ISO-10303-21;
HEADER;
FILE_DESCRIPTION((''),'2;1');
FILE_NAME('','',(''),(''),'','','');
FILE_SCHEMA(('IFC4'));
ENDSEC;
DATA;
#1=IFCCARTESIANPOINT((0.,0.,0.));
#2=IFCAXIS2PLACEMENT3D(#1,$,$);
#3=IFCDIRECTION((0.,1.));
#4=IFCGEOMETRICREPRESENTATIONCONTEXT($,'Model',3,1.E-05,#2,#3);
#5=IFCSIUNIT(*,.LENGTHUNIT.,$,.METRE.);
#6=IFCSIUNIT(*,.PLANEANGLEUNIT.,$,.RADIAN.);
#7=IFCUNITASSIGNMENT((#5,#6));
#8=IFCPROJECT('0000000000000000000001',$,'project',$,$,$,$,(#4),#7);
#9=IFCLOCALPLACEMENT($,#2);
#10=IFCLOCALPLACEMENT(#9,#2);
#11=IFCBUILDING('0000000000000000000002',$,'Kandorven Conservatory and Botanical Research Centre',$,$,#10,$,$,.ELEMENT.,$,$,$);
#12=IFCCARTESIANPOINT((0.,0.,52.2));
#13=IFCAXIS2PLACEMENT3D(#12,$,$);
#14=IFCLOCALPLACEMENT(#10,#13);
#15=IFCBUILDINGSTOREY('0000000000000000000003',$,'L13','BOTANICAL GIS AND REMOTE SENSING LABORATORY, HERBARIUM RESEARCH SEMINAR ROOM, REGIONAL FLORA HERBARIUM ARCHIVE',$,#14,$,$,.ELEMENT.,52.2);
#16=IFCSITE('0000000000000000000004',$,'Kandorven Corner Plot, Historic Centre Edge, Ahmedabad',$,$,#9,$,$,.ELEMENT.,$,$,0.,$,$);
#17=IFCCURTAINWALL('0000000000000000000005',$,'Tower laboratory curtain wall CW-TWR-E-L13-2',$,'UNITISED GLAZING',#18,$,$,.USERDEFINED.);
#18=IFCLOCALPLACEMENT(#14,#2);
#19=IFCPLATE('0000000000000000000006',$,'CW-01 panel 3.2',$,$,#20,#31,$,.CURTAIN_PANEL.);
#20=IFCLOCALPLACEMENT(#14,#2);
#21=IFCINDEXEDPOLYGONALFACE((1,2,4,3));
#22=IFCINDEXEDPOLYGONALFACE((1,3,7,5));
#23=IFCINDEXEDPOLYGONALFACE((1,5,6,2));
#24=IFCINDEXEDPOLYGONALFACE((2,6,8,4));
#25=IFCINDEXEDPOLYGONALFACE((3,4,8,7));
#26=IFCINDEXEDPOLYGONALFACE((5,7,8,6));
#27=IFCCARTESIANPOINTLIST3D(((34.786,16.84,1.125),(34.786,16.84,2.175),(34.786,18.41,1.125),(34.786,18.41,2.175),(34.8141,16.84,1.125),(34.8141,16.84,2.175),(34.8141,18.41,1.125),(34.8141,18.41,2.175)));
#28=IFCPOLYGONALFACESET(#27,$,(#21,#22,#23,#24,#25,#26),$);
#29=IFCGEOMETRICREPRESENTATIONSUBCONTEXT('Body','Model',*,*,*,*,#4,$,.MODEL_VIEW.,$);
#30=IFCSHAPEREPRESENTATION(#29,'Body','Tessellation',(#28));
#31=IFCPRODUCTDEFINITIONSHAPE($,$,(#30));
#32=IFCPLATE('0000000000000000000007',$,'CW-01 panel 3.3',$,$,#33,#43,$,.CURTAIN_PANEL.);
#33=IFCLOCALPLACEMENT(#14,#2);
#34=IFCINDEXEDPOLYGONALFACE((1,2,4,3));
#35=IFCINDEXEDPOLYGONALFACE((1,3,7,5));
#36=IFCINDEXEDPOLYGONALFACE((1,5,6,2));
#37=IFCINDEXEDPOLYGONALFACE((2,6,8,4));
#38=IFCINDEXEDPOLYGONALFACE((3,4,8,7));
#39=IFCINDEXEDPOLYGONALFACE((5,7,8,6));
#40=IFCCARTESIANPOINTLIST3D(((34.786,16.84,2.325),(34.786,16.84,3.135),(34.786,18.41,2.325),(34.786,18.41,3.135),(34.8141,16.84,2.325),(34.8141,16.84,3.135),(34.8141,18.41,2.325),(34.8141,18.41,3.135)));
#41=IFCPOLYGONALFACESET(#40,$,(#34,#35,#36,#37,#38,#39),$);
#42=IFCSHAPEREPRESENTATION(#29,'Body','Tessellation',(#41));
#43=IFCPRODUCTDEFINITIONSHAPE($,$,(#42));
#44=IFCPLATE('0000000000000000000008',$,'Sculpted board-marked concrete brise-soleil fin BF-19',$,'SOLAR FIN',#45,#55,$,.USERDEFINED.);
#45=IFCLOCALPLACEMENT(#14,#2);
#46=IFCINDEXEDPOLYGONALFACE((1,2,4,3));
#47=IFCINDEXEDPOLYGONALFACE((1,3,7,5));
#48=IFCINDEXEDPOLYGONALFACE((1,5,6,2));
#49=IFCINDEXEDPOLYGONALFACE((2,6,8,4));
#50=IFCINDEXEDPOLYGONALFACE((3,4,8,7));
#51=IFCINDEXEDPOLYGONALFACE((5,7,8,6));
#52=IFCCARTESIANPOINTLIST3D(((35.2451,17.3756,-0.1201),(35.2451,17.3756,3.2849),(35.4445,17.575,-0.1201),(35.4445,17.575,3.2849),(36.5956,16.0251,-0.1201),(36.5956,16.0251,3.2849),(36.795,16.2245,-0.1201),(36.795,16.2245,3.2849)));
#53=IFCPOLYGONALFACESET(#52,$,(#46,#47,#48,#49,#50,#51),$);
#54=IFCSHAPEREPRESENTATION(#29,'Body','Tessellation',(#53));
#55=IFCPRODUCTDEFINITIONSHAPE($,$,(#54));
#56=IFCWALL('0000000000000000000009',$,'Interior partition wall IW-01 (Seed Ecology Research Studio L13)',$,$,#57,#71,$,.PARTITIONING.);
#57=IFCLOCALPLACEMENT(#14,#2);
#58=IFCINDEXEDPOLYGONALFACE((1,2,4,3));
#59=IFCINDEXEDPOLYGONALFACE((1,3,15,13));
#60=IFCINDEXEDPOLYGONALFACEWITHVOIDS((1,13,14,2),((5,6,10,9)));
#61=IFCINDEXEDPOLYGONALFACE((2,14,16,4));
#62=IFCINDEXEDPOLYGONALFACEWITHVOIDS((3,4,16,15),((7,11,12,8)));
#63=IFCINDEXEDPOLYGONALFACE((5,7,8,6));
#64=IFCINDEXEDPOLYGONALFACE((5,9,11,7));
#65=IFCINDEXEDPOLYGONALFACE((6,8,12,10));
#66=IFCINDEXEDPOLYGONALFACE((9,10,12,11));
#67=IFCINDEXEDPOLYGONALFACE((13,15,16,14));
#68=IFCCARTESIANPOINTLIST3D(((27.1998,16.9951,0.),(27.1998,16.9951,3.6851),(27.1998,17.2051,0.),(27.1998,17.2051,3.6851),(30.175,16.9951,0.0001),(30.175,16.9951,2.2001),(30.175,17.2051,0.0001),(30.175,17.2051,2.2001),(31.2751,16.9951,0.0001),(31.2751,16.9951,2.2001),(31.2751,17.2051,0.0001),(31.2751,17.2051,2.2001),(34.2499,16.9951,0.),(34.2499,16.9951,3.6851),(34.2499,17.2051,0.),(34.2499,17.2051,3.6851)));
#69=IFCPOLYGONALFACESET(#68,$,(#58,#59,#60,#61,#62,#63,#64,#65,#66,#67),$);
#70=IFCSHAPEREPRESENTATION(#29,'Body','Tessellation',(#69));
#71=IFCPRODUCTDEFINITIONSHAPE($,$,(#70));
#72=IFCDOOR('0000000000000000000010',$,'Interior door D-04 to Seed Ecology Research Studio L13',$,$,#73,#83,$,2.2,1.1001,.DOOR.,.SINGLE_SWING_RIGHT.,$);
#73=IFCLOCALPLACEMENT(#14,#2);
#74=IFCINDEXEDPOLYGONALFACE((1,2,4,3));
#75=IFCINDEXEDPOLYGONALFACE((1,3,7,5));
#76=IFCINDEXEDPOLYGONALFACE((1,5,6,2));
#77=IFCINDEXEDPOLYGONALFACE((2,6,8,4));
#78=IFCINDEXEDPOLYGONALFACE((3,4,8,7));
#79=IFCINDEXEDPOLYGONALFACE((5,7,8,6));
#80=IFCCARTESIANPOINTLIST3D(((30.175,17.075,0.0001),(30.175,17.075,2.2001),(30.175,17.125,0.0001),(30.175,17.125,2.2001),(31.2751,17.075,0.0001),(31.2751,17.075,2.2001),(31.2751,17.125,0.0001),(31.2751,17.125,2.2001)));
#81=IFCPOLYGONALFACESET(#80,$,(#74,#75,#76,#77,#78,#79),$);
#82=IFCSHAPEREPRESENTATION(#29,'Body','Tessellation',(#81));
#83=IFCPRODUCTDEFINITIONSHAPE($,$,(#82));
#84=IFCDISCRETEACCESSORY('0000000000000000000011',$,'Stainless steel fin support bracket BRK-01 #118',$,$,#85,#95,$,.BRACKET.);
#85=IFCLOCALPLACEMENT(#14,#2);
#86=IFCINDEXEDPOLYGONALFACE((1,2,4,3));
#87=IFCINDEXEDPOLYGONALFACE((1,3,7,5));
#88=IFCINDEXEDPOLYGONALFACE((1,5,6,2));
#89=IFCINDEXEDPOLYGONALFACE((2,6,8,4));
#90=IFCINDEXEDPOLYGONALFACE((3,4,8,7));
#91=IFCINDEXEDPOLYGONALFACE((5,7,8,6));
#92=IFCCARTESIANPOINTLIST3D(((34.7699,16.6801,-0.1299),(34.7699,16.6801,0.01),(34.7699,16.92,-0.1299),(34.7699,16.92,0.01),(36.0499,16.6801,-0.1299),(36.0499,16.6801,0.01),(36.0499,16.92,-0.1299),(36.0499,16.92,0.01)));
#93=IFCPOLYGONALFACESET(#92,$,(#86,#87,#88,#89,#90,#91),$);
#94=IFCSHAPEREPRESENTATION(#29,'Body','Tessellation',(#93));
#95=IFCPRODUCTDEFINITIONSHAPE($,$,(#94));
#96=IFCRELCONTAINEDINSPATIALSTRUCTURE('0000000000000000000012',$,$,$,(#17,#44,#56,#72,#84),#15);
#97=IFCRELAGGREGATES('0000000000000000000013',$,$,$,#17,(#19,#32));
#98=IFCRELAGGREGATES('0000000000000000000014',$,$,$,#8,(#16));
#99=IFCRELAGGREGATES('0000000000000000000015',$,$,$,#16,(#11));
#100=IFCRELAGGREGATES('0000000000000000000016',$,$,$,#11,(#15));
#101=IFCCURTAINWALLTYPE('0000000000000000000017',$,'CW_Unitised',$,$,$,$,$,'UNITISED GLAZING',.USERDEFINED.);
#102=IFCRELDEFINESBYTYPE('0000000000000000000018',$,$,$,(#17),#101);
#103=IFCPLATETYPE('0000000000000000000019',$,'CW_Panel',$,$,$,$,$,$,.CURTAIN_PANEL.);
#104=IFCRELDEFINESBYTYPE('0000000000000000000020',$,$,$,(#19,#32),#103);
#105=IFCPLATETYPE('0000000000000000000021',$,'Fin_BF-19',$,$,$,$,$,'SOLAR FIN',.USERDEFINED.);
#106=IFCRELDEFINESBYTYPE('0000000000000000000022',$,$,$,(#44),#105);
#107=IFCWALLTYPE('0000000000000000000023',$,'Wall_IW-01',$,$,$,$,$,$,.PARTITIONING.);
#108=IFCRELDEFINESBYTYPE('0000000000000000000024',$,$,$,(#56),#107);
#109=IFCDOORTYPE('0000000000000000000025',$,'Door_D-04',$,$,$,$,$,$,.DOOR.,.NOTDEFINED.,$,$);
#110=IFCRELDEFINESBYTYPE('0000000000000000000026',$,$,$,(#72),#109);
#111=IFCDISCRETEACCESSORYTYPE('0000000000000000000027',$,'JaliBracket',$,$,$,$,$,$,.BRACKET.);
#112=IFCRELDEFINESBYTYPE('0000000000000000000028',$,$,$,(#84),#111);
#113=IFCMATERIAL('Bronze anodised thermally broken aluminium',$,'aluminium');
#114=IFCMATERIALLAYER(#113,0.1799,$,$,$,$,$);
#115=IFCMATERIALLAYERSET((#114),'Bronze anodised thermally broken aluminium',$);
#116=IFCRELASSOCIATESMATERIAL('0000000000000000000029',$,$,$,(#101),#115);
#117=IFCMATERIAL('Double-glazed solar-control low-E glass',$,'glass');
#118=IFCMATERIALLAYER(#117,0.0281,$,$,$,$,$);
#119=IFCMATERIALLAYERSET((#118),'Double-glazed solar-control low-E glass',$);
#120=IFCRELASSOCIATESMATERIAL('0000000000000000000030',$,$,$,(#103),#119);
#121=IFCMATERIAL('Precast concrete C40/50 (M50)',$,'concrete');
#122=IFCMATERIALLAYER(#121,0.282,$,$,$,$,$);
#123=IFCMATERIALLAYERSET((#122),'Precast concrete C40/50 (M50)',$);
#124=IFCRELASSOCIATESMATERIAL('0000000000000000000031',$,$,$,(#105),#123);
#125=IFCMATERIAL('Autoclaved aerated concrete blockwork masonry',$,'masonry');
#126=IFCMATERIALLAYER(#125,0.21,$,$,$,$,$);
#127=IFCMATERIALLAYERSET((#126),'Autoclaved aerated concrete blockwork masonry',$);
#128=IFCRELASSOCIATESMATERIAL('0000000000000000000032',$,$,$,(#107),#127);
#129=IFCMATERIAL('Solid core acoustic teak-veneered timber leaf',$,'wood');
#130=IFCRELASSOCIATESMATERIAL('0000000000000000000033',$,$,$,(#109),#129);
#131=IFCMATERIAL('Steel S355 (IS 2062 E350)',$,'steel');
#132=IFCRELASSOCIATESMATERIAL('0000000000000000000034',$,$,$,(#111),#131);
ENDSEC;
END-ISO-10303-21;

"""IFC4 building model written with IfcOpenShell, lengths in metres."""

from ifc_helpers import new_model, si_unit, direction, frame, frame_2d, origin, origin_2d, place, context, subcontext, project, spatial, rectangle, extrude, material, layer, layer_set, type_object, element, fill, aggregate, save


model = new_model("IFC4")

# Units and contexts
model_context = context("Model", 3, precision=1e-05, world=origin(), true_north=direction((0.0, 1.0)))
body_context = subcontext(model_context, "Body", "Model", "MODEL_VIEW")
ifc_project = project(units=[si_unit("LENGTHUNIT", "METRE"), si_unit("PLANEANGLEUNIT", "RADIAN")], contexts=[model_context])

# Site, building, storey
site_placement = place(None, origin())
site = spatial("IfcSite", under=ifc_project, at=site_placement, Name="Kandorven Corner Plot, Historic Centre Edge, Ahmedabad", CompositionType="ELEMENT", RefElevation=0.0)
building_placement = place(site_placement, origin())
building = spatial("IfcBuilding", under=site, at=building_placement, Name="Kandorven Conservatory and Botanical Research Centre", CompositionType="ELEMENT")
storey_placement = place(building_placement, frame((0.0, 0.0, 52.2)))
storey = spatial("IfcBuildingStorey", under=building, at=storey_placement, Name="L13", Description="BOTANICAL GIS AND REMOTE SENSING LABORATORY, HERBARIUM RESEARCH SEMINAR ROOM, REGIONAL FLORA HERBARIUM ARCHIVE", CompositionType="ELEMENT", Elevation=52.2)

# Curtain wall, plates
ifc_material_1 = material(Name="Bronze anodised thermally broken aluminium", Category="aluminium")
ifc_layer_1 = layer(ifc_material_1, 0.1799)
ifc_layer_set_1 = layer_set([ifc_layer_1], Name="Bronze anodised thermally broken aluminium")
curtain_wall_type = type_object("IfcCurtainWallType", Name="CW_Unitised", ElementType="UNITISED GLAZING", PredefinedType="USERDEFINED", material=ifc_layer_set_1)
curtain_wall_placement = place(storey_placement, origin())
curtain_wall = element("IfcCurtainWall", 1, at=curtain_wall_placement, inside=storey, type_object=curtain_wall_type, Name="Tower laboratory curtain wall CW-TWR-E-L13-2", ObjectType="UNITISED GLAZING", PredefinedType="USERDEFINED")
ifc_material_2 = material(Name="Double-glazed solar-control low-E glass", Category="glass")
ifc_layer_2 = layer(ifc_material_2, 0.0281)
ifc_layer_set_2 = layer_set([ifc_layer_2], Name="Double-glazed solar-control low-E glass")
plate_type_1 = type_object("IfcPlateType", Name="CW_Panel", PredefinedType="CURTAIN_PANEL", material=ifc_layer_set_2)
plate_1_placement = place(storey_placement, frame((34.8, 17.625, 1.125), z_axis=(0.0, 0.0, 1.0), x_axis=(0.0, 1.0, 0.0)))
plate_1 = element("IfcPlate", 2, at=plate_1_placement, type_object=plate_type_1, Name="CW-01 panel 3.2", PredefinedType="CURTAIN_PANEL", context=body_context, shape_type="SweptSolid", body=[
    extrude(rectangle(XDim=1.5701, YDim=0.0281, at=origin_2d()), origin(), (0.0, 0.0, 1.0), 1.05),
])
plate_2_placement = place(storey_placement, frame((34.8, 17.625, 2.325), z_axis=(0.0, 0.0, 1.0), x_axis=(0.0, 1.0, 0.0)))
plate_2 = element("IfcPlate", 3, at=plate_2_placement, type_object=plate_type_1, Name="CW-01 panel 3.3", PredefinedType="CURTAIN_PANEL", context=body_context, shape_type="SweptSolid", body=[
    extrude(rectangle(XDim=1.5701, YDim=0.0281, at=origin_2d()), origin(), (0.0, 0.0, 1.0), 0.8101),
])
aggregate(curtain_wall, [plate_1, plate_2])

# Plate
ifc_material_3 = material(Name="Precast concrete C40/50 (M50)", Category="concrete")
ifc_layer_3 = layer(ifc_material_3, 0.282)
ifc_layer_set_3 = layer_set([ifc_layer_3], Name="Precast concrete C40/50 (M50)")
plate_type_2 = type_object("IfcPlateType", Name="Fin_BF-19", ElementType="SOLAR FIN", PredefinedType="USERDEFINED", material=ifc_layer_set_3)
plate_3_placement = place(storey_placement, frame((36.02, 16.8, -0.1201), z_axis=(0.0, 0.0, 1.0), x_axis=(-0.707107, 0.707107, 0.0)))
element("IfcPlate", 4, at=plate_3_placement, inside=storey, type_object=plate_type_2, Name="Sculpted board-marked concrete brise-soleil fin BF-19", ObjectType="SOLAR FIN", PredefinedType="USERDEFINED", context=body_context, shape_type="SweptSolid", body=[
    extrude(rectangle(XDim=1.9099, YDim=0.282, at=origin_2d()), origin(), (0.0, 0.0, 1.0), 3.405),
])

# Wall, opening, door
ifc_material_4 = material(Name="Autoclaved aerated concrete blockwork masonry", Category="masonry")
ifc_layer_4 = layer(ifc_material_4, 0.21)
ifc_layer_set_4 = layer_set([ifc_layer_4], Name="Autoclaved aerated concrete blockwork masonry")
wall_type = type_object("IfcWallType", Name="Wall_IW-01", PredefinedType="PARTITIONING", material=ifc_layer_set_4)
wall_placement = place(storey_placement, frame((27.2, 17.1001, 0.0), z_axis=(0.0, 0.0, 1.0), x_axis=(1.0, 0.0, 0.0)))
wall = element("IfcWall", 5, at=wall_placement, inside=storey, type_object=wall_type, Name="Interior partition wall IW-01 (Seed Ecology Research Studio L13)", PredefinedType="PARTITIONING", context=body_context, shape_type="SweptSolid", body=[
    extrude(rectangle(XDim=7.05, YDim=0.21, at=frame_2d((3.5249, 0.0))), origin(), (0.0, 0.0, 1.0), 3.6851),
])
opening_placement = place(wall_placement, frame((2.9751, 0.0, 0.0)))
opening = element("IfcOpeningElement", 6, at=opening_placement, cuts=wall, PredefinedType="OPENING", context=body_context, shape_type="SweptSolid", body=[
    extrude(rectangle(XDim=1.1001, YDim=2.2, at=frame_2d((0.55, 1.1001))), frame((0.0, 0.115, 0.0), z_axis=(0.0, -1.0, 0.0), x_axis=(1.0, 0.0, 0.0)), (0.0, 0.0, 1.0), 0.23),
])
ifc_material_5 = material(Name="Solid core acoustic teak-veneered timber leaf", Category="wood")
door_type = type_object("IfcDoorType", Name="Door_D-04", OperationType="NOTDEFINED", PredefinedType="DOOR", material=ifc_material_5)
door_placement = place(opening_placement, origin())
door = element("IfcDoor", 7, at=door_placement, inside=storey, type_object=door_type, Name="Interior door D-04 to Seed Ecology Research Studio L13", OperationType="SINGLE_SWING_RIGHT", OverallHeight=2.2, OverallWidth=1.1001, PredefinedType="DOOR", context=body_context, shape_type="SweptSolid", body=[
    extrude(rectangle(XDim=1.1001, YDim=2.2, at=frame_2d((0.55, 1.1001))), frame((0.0, 0.0249, 0.0), z_axis=(0.0, -1.0, 0.0), x_axis=(1.0, 0.0, 0.0)), (0.0, 0.0, 1.0), 0.05),
])
fill(opening, door)

# Discrete accessory
ifc_material_6 = material(Name="Steel S355 (IS 2062 E350)", Category="steel")
discrete_accessory_type = type_object("IfcDiscreteAccessoryType", Name="JaliBracket", PredefinedType="BRACKET", material=ifc_material_6)
discrete_accessory_placement = place(storey_placement, frame((35.4099, 16.8, -0.1299), z_axis=(0.0, 0.0, 1.0), x_axis=(1.0, 0.0, 0.0)))
element("IfcDiscreteAccessory", 8, at=discrete_accessory_placement, inside=storey, type_object=discrete_accessory_type, Name="Stainless steel fin support bracket BRK-01 #118", PredefinedType="BRACKET", context=body_context, shape_type="SweptSolid", body=[
    extrude(rectangle(XDim=1.28, YDim=0.24, at=origin_2d()), origin(), (0.0, 0.0, 1.0), 0.1399),
])

save(model, "model.ifc")
